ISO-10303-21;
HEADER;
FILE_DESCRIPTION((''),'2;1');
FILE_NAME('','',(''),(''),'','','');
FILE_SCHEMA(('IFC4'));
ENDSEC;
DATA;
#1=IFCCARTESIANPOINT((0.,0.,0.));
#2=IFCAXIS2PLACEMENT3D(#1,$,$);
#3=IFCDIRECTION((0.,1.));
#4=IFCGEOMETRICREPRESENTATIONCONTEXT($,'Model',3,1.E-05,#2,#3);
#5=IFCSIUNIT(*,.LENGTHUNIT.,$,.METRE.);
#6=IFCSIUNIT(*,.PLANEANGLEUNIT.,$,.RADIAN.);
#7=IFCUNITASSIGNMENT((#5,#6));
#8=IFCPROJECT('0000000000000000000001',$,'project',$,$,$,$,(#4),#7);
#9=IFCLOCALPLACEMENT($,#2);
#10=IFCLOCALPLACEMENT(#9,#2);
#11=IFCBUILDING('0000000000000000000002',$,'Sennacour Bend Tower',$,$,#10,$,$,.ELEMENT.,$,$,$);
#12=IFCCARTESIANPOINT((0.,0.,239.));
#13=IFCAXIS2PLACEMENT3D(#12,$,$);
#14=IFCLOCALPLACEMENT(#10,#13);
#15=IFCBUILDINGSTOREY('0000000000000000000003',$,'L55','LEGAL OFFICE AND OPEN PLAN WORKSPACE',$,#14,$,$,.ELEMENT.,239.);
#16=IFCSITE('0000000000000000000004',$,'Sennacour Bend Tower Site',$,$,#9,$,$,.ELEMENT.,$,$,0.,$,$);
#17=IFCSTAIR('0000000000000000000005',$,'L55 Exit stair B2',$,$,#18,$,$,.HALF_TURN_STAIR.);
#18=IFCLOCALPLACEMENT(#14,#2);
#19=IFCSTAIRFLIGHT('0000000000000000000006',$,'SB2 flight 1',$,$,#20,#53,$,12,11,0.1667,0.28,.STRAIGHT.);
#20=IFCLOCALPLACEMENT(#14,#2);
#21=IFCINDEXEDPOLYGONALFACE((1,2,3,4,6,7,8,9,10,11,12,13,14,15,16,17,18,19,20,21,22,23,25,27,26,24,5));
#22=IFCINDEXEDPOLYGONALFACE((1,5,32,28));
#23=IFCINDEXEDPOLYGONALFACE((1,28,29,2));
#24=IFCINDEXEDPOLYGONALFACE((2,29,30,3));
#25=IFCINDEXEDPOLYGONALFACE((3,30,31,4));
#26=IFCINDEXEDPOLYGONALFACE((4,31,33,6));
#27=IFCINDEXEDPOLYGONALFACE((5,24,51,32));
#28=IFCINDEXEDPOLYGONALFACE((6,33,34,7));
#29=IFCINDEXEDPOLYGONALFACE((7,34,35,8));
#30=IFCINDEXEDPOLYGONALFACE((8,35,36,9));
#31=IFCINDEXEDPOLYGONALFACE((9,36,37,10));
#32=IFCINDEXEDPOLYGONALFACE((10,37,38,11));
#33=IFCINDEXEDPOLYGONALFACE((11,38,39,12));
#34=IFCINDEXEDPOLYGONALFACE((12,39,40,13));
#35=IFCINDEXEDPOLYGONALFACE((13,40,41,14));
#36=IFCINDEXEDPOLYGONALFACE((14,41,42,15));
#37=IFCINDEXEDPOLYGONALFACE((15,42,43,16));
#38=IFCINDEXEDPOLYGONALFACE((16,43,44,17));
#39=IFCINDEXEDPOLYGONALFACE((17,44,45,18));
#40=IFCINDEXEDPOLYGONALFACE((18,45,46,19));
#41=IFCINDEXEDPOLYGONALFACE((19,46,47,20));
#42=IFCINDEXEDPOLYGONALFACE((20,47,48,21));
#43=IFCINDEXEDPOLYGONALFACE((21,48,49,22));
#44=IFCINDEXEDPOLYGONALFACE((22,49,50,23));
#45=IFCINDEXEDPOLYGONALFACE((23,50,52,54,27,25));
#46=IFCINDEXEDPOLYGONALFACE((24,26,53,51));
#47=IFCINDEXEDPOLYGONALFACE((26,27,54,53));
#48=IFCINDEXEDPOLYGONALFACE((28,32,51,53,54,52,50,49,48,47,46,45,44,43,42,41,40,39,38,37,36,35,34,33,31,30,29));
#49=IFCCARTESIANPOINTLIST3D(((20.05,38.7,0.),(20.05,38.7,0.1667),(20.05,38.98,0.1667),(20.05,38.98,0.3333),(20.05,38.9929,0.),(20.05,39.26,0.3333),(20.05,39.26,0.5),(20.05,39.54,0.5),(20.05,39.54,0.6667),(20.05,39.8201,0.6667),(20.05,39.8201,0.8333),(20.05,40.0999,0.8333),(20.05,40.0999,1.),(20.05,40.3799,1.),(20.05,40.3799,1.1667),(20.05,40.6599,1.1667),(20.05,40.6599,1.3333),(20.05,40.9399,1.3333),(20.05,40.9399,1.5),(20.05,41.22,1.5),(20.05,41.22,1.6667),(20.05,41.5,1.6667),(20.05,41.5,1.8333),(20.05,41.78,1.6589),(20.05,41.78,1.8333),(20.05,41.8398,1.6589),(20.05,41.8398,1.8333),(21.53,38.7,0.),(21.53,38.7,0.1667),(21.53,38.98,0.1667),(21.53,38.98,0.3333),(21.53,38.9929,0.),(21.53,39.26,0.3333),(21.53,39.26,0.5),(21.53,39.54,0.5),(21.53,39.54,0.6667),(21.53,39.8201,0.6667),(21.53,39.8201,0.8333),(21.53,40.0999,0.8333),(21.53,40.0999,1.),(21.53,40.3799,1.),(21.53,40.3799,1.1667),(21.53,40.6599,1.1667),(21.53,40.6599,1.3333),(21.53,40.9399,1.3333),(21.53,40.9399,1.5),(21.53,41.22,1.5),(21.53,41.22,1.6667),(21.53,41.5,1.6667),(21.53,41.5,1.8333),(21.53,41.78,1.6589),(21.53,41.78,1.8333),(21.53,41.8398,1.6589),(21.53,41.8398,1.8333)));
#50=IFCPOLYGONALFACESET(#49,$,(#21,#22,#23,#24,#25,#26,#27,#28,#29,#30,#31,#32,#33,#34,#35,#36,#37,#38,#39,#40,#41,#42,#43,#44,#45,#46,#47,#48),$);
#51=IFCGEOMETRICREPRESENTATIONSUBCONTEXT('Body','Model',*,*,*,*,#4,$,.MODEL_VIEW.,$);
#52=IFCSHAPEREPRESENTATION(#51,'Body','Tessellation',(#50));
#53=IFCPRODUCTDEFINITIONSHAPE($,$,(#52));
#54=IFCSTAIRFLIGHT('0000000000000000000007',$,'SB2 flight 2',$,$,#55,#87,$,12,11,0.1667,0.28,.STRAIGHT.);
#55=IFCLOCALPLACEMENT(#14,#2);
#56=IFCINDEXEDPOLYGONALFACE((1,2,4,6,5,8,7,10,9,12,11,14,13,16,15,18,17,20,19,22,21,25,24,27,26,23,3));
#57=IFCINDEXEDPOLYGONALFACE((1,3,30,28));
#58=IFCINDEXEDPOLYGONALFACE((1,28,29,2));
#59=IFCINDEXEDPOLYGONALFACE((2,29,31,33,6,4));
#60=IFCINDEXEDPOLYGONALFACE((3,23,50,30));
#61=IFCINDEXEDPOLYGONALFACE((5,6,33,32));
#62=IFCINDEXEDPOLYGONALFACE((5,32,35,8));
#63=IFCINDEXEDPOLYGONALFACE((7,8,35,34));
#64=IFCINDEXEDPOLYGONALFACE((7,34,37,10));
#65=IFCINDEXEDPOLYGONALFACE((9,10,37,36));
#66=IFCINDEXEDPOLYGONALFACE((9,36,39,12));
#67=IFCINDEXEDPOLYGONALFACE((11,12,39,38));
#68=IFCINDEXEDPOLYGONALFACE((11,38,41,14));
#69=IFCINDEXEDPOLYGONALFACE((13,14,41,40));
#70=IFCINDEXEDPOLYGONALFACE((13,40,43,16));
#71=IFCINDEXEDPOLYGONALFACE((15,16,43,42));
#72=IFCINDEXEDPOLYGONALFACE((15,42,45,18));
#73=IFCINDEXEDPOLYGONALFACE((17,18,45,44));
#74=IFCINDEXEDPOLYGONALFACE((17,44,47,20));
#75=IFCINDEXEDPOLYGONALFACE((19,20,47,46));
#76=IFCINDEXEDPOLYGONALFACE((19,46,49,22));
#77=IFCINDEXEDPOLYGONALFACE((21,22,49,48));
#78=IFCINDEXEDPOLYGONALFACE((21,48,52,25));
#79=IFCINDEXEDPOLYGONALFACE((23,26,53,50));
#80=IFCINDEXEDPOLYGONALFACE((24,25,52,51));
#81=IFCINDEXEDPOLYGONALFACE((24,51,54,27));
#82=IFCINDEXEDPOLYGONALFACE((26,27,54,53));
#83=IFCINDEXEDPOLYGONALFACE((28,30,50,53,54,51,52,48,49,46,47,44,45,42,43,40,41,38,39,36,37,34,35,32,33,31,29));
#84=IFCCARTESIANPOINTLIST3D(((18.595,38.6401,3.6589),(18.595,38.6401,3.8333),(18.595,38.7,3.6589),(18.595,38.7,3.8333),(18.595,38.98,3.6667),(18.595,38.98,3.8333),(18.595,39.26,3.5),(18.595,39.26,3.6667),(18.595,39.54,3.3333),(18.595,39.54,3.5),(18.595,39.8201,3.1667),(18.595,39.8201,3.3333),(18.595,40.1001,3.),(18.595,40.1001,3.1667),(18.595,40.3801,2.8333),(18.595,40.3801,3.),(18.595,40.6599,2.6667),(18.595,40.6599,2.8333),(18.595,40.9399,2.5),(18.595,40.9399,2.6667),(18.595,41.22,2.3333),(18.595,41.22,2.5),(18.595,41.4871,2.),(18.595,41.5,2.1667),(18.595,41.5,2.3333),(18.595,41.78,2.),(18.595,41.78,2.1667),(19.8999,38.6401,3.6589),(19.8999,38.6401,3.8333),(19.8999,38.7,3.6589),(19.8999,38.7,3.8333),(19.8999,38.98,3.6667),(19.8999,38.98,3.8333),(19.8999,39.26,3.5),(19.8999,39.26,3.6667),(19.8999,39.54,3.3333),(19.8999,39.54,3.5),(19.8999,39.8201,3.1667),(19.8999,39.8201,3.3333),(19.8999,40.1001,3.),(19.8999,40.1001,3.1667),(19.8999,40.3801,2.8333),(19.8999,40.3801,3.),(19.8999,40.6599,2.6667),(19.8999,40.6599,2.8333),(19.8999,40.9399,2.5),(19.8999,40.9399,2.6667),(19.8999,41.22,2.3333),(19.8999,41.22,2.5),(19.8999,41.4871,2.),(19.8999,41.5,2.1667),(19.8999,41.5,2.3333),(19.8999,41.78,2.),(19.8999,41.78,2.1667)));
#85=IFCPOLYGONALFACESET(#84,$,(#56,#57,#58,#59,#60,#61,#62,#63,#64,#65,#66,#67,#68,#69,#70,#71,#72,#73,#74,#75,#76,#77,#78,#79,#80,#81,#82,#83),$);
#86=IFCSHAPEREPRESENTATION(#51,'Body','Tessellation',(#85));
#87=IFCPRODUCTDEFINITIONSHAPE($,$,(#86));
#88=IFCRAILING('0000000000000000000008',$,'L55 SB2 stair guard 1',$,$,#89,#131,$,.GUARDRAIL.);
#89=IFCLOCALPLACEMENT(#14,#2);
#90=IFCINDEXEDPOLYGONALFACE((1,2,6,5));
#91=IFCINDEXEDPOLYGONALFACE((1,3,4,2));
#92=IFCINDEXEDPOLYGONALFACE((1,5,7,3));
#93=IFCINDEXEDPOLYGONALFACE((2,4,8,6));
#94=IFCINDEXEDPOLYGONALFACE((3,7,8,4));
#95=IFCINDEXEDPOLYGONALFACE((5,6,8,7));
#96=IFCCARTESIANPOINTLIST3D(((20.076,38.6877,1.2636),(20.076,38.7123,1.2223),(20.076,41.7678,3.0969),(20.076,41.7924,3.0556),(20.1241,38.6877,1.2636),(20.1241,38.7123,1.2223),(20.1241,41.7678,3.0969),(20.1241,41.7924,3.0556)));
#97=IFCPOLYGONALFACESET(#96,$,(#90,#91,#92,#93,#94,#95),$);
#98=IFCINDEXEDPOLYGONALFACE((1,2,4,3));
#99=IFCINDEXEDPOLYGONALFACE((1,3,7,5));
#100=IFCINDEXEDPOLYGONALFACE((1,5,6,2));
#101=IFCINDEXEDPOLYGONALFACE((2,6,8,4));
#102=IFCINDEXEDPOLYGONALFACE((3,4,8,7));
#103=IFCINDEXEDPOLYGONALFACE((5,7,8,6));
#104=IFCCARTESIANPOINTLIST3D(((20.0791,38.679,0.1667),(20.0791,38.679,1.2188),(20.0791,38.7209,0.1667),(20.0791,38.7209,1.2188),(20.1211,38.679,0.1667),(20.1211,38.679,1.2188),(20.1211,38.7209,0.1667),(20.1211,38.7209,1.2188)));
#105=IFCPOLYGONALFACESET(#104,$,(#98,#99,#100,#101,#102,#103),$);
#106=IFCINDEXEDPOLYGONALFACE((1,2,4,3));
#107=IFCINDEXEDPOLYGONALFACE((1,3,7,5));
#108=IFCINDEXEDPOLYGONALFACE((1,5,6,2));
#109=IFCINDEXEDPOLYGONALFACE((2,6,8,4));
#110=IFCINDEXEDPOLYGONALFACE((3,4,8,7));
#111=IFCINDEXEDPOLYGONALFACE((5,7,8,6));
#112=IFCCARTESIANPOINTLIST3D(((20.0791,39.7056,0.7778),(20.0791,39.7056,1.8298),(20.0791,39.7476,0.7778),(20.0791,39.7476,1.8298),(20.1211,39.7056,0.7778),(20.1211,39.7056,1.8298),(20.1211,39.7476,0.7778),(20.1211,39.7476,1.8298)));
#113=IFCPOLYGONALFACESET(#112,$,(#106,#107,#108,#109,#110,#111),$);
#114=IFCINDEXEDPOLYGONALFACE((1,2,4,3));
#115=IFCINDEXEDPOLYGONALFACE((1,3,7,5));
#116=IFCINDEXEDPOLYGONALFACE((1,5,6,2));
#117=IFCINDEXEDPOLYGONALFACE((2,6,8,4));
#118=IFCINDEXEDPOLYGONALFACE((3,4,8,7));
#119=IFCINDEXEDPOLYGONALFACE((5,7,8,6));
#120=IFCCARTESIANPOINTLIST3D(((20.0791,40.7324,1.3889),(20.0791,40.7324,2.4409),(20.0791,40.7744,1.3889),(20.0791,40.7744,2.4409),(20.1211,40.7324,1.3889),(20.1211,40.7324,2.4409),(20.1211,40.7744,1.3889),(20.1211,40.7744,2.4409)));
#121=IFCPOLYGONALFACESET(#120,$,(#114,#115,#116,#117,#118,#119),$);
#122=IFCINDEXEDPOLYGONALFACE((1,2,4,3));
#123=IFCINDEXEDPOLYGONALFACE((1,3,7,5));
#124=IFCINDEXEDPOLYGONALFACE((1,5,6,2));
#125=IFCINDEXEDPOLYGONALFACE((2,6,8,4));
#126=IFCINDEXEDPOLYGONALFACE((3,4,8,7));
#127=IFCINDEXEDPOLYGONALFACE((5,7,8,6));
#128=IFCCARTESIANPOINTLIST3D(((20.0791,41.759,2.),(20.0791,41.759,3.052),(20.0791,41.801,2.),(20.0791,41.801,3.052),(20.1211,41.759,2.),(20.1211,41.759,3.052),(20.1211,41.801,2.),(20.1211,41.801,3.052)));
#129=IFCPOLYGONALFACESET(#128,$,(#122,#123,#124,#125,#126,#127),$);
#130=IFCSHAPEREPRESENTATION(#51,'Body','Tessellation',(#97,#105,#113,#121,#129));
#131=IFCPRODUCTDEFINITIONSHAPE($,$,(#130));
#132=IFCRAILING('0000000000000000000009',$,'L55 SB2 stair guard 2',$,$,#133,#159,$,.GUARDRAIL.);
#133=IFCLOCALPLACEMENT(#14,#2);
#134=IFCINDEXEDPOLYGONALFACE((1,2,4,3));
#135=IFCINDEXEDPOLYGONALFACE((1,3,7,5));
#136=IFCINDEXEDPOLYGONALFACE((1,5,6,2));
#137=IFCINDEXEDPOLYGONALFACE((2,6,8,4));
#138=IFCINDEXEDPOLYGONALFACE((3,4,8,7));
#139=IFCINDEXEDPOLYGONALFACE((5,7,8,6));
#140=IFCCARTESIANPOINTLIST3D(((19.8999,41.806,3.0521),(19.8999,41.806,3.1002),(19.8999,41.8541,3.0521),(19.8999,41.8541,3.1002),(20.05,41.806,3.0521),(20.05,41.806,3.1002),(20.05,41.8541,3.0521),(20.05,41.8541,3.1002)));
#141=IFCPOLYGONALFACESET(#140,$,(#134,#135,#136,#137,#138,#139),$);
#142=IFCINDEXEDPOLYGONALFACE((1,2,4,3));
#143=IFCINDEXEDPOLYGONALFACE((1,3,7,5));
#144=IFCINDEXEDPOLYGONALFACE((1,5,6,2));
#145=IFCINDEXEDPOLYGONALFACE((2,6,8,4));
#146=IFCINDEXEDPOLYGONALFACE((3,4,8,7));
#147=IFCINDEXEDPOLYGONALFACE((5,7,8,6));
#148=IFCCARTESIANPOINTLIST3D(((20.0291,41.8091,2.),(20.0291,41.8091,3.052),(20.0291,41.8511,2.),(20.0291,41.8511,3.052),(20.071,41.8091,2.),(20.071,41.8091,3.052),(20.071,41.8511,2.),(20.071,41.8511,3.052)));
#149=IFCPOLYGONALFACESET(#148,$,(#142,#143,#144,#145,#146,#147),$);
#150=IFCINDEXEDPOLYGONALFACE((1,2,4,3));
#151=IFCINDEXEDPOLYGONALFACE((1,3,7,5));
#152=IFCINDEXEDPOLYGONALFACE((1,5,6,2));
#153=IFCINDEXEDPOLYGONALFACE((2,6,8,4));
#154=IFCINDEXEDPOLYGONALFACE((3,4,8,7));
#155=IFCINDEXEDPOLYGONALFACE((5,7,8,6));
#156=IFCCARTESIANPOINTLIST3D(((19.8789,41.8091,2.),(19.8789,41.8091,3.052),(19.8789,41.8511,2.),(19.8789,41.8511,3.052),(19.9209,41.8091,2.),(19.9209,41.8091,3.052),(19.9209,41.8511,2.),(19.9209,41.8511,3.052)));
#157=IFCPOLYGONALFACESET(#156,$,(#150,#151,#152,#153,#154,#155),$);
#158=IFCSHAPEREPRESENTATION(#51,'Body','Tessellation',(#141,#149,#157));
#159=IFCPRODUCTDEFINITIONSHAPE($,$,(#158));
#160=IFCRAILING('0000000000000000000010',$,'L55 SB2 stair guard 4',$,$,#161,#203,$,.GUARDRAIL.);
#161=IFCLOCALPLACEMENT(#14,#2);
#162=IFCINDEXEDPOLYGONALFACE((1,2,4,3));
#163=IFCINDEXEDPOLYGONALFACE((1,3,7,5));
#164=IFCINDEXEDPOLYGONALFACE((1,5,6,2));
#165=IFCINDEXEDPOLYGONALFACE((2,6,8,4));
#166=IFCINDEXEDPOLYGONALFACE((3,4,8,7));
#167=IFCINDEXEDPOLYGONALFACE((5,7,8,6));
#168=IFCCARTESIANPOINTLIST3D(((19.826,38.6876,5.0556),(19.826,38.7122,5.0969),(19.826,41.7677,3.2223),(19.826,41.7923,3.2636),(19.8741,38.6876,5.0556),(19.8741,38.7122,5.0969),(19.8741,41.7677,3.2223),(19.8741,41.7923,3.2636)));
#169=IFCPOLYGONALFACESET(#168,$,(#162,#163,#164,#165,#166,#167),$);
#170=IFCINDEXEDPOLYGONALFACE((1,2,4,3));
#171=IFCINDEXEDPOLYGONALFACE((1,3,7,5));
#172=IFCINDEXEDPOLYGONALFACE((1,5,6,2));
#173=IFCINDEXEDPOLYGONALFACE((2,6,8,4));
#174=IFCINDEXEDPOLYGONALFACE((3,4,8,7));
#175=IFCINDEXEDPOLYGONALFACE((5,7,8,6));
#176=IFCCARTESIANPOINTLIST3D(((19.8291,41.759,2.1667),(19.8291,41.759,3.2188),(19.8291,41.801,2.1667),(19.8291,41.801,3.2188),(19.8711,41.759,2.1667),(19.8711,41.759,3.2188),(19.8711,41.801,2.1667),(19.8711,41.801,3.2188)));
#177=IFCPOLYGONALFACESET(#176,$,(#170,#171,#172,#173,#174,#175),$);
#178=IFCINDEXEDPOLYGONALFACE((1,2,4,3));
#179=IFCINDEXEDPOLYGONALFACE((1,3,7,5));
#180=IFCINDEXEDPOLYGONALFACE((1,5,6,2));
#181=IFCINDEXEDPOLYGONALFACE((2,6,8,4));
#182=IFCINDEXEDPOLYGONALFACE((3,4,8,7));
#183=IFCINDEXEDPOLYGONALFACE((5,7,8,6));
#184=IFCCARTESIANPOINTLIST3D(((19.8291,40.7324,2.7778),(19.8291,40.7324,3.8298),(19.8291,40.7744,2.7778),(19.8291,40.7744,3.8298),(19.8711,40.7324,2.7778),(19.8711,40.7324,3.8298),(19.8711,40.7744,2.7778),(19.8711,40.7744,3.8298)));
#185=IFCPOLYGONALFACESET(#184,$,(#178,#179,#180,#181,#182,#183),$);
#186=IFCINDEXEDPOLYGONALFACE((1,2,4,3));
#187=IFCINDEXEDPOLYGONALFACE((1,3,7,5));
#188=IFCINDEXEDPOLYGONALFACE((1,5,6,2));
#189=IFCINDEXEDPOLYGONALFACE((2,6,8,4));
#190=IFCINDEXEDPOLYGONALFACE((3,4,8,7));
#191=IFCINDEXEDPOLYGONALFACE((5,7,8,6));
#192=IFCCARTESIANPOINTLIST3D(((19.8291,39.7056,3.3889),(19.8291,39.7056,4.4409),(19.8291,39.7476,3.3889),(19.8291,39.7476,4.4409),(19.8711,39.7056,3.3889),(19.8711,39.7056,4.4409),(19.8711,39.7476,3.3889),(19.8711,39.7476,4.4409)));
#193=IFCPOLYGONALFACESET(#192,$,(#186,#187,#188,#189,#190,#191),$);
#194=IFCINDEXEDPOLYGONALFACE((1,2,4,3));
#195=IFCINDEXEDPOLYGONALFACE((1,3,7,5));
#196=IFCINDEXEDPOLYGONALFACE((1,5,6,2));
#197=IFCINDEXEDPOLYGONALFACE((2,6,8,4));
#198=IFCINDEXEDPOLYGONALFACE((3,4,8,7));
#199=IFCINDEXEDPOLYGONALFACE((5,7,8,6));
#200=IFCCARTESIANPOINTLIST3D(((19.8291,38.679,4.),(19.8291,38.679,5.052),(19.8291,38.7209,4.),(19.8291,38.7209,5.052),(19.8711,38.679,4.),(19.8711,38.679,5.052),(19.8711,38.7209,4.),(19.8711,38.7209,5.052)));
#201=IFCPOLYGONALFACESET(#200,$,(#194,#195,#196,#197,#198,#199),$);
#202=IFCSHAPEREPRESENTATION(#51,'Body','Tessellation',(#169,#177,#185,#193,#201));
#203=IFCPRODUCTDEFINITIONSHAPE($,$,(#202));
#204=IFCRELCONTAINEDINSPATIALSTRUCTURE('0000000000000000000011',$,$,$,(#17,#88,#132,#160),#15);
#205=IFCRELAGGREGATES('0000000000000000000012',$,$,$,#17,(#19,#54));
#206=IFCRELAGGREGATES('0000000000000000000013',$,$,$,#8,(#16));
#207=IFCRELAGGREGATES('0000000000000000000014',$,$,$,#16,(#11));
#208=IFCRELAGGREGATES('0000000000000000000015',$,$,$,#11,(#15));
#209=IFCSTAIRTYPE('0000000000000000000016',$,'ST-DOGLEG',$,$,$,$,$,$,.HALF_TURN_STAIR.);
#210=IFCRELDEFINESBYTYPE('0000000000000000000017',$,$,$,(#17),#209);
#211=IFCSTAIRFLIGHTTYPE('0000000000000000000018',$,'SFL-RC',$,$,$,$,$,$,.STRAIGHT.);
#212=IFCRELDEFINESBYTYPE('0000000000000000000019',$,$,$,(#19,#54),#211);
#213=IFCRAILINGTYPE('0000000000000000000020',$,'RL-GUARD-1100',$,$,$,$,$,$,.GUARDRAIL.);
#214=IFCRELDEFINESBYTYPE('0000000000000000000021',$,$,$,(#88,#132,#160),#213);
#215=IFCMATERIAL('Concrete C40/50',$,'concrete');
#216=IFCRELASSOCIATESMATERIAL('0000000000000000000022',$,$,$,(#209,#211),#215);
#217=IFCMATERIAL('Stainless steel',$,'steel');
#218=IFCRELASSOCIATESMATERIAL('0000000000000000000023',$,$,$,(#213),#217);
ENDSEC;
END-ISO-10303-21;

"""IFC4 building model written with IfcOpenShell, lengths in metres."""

from ifc_helpers import new_model, si_unit, direction, frame, origin, origin_2d, place, context, subcontext, project, spatial, polyline, rectangle, outline, extrude, material, type_object, element, aggregate, save


model = new_model("IFC4")

# Units and contexts
model_context = context("Model", 3, precision=1e-05, world=origin(), true_north=direction((0.0, 1.0)))
body_context = subcontext(model_context, "Body", "Model", "MODEL_VIEW")
ifc_project = project(units=[si_unit("LENGTHUNIT", "METRE"), si_unit("PLANEANGLEUNIT", "RADIAN")], contexts=[model_context])

# Site, building, storey
site_placement = place(None, origin())
site = spatial("IfcSite", under=ifc_project, at=site_placement, Name="Sennacour Bend Tower Site", CompositionType="ELEMENT", RefElevation=0.0)
building_placement = place(site_placement, origin())
building = spatial("IfcBuilding", under=site, at=building_placement, Name="Sennacour Bend Tower", CompositionType="ELEMENT")
storey_placement = place(building_placement, frame((0.0, 0.0, 239.0)))
storey = spatial("IfcBuildingStorey", under=building, at=storey_placement, Name="L55", Description="LEGAL OFFICE AND OPEN PLAN WORKSPACE", CompositionType="ELEMENT", Elevation=239.0)

# Shared definitions
ifc_material_1 = material(Name="Stainless steel", Category="steel")

# Stair, stair flights
ifc_material_2 = material(Name="Concrete C40/50", Category="concrete")
stair_type = type_object("IfcStairType", Name="ST-DOGLEG", PredefinedType="HALF_TURN_STAIR", material=ifc_material_2)
stair_placement = place(storey_placement, origin())
stair = element("IfcStair", 1, at=stair_placement, inside=storey, type_object=stair_type, Name="L55 Exit stair B2", PredefinedType="HALF_TURN_STAIR")
stair_flight_type = type_object("IfcStairFlightType", Name="SFL-RC", PredefinedType="STRAIGHT", material=ifc_material_2)
stair_flight_1_placement = place(storey_placement, frame((20.79, 38.7, 0.0), z_axis=(0.0, 0.0, 1.0), x_axis=(0.0, 1.0, 0.0)))
stair_flight_1 = element("IfcStairFlight", 2, at=stair_flight_1_placement, type_object=stair_flight_type, Name="SB2 flight 1", NumberOfRisers=12, NumberOfTreads=11, PredefinedType="STRAIGHT", RiserHeight=0.1667, TreadLength=0.28, context=body_context, shape_type="SweptSolid", body=[
    extrude(outline(polyline([(0.0, 0.0), (0.0, 0.1667), (0.28, 0.1667), (0.28, 0.3333), (0.5601, 0.3333), (0.5601, 0.5), (0.8401, 0.5), (0.8401, 0.6667), (1.1201, 0.6667), (1.1201, 0.8333), (1.3999, 0.8333), (1.3999, 1.0), (1.6799, 1.0), (1.6799, 1.1667), (1.96, 1.1667), (1.96, 1.3333), (2.24, 1.3333), (2.24, 1.5), (2.52, 1.5), (2.52, 1.6667), (2.8, 1.6667), (2.8, 1.8333), (3.0801, 1.8333), (3.1399, 1.8333), (3.1399, 1.6589), (3.0801, 1.6589), (0.293, 0.0), (0.0, 0.0)])), frame((0.0, 0.74, 0.0), z_axis=(0.0, -1.0, 0.0), x_axis=(1.0, 0.0, 0.0)), (0.0, 0.0, 1.0), 1.48),
])
stair_flight_2_placement = place(storey_placement, frame((19.2476, 41.78, 2.0), z_axis=(0.0, 0.0, 1.0), x_axis=(0.0, -1.0, 0.0)))
stair_flight_2 = element("IfcStairFlight", 3, at=stair_flight_2_placement, type_object=stair_flight_type, Name="SB2 flight 2", NumberOfRisers=12, NumberOfTreads=11, PredefinedType="STRAIGHT", RiserHeight=0.1667, TreadLength=0.28, context=body_context, shape_type="SweptSolid", body=[
    extrude(outline(polyline([(0.0, 0.0), (0.0, 0.1667), (0.28, 0.1667), (0.28, 0.3333), (0.5601, 0.3333), (0.5601, 0.5), (0.8401, 0.5), (0.8401, 0.6667), (1.1201, 0.6667), (1.1201, 0.8333), (1.3999, 0.8333), (1.3999, 1.0), (1.6799, 1.0), (1.6799, 1.1667), (1.96, 1.1667), (1.96, 1.3333), (2.24, 1.3333), (2.24, 1.5), (2.52, 1.5), (2.52, 1.6667), (2.8, 1.6667), (2.8, 1.8333), (3.0801, 1.8333), (3.1399, 1.8333), (3.1399, 1.6589), (3.0801, 1.6589), (0.293, 0.0), (0.0, 0.0)])), frame((0.0, 0.6523, 0.0), z_axis=(0.0, -1.0, 0.0), x_axis=(1.0, 0.0, 0.0)), (0.0, 0.0, 1.0), 1.3049),
])
aggregate(stair, [stair_flight_1, stair_flight_2])

# Railings
railing_type_1 = type_object("IfcRailingType", Name="RL-GUARD-1100", PredefinedType="GUARDRAIL", material=ifc_material_1)
railing_1_placement = place(storey_placement, frame((20.1001, 38.7, 0.1667)))
element("IfcRailing", 4, at=railing_1_placement, inside=storey, type_object=railing_type_1, Name="L55 SB2 stair guard 1", PredefinedType="GUARDRAIL", context=body_context, shape_type="SweptSolid", body=[
    extrude(rectangle(XDim=0.0481, YDim=0.0481, at=origin_2d()), frame((0.0, 0.0, 1.0762), z_axis=(0.0, 0.859309, 0.511458), x_axis=(-1.0, 0.0, 0.0)), (0.0, 0.0, 1.0), 3.5845),
    extrude(rectangle(XDim=0.042, YDim=0.042, at=origin_2d()), origin(), (0.0, 0.0, 1.0), 1.052),
    extrude(rectangle(XDim=0.042, YDim=0.042, at=origin_2d()), frame((0.0, 1.0266, 0.6111)), (0.0, 0.0, 1.0), 1.052),
    extrude(rectangle(XDim=0.042, YDim=0.042, at=origin_2d()), frame((0.0, 2.0535, 1.2222)), (0.0, 0.0, 1.0), 1.052),
    extrude(rectangle(XDim=0.042, YDim=0.042, at=origin_2d()), frame((0.0, 3.0801, 1.8333)), (0.0, 0.0, 1.0), 1.052),
])
railing_2_placement = place(storey_placement, frame((20.05, 41.8301, 2.0)))
element("IfcRailing", 5, at=railing_2_placement, inside=storey, type_object=railing_type_1, Name="L55 SB2 stair guard 2", PredefinedType="GUARDRAIL", context=body_context, shape_type="SweptSolid", body=[
    extrude(rectangle(XDim=0.0481, YDim=0.0481, at=origin_2d()), frame((0.0, 0.0, 1.0762), z_axis=(-1.0, 0.0, 0.0), x_axis=(0.0, -1.0, 0.0)), (0.0, 0.0, 1.0), 0.1501),
    extrude(rectangle(XDim=0.042, YDim=0.042, at=origin_2d()), origin(), (0.0, 0.0, 1.0), 1.052),
    extrude(rectangle(XDim=0.042, YDim=0.042, at=origin_2d()), frame((-0.1501, 0.0, 0.0)), (0.0, 0.0, 1.0), 1.052),
])
railing_3_placement = place(storey_placement, frame((19.8501, 41.78, 2.1667)))
element("IfcRailing", 6, at=railing_3_placement, inside=storey, type_object=railing_type_1, Name="L55 SB2 stair guard 4", PredefinedType="GUARDRAIL", context=body_context, shape_type="SweptSolid", body=[
    extrude(rectangle(XDim=0.0481, YDim=0.0481, at=origin_2d()), frame((0.0, 0.0, 1.0762), z_axis=(0.0, -0.859309, 0.511458), x_axis=(1.0, 0.0, 0.0)), (0.0, 0.0, 1.0), 3.5845),
    extrude(rectangle(XDim=0.042, YDim=0.042, at=origin_2d()), origin(), (0.0, 0.0, 1.0), 1.052),
    extrude(rectangle(XDim=0.042, YDim=0.042, at=origin_2d()), frame((0.0, -1.0266, 0.6111)), (0.0, 0.0, 1.0), 1.052),
    extrude(rectangle(XDim=0.042, YDim=0.042, at=origin_2d()), frame((0.0, -2.0535, 1.2222)), (0.0, 0.0, 1.0), 1.052),
    extrude(rectangle(XDim=0.042, YDim=0.042, at=origin_2d()), frame((0.0, -3.0801, 1.8333)), (0.0, 0.0, 1.0), 1.052),
])

save(model, "model.ifc")
